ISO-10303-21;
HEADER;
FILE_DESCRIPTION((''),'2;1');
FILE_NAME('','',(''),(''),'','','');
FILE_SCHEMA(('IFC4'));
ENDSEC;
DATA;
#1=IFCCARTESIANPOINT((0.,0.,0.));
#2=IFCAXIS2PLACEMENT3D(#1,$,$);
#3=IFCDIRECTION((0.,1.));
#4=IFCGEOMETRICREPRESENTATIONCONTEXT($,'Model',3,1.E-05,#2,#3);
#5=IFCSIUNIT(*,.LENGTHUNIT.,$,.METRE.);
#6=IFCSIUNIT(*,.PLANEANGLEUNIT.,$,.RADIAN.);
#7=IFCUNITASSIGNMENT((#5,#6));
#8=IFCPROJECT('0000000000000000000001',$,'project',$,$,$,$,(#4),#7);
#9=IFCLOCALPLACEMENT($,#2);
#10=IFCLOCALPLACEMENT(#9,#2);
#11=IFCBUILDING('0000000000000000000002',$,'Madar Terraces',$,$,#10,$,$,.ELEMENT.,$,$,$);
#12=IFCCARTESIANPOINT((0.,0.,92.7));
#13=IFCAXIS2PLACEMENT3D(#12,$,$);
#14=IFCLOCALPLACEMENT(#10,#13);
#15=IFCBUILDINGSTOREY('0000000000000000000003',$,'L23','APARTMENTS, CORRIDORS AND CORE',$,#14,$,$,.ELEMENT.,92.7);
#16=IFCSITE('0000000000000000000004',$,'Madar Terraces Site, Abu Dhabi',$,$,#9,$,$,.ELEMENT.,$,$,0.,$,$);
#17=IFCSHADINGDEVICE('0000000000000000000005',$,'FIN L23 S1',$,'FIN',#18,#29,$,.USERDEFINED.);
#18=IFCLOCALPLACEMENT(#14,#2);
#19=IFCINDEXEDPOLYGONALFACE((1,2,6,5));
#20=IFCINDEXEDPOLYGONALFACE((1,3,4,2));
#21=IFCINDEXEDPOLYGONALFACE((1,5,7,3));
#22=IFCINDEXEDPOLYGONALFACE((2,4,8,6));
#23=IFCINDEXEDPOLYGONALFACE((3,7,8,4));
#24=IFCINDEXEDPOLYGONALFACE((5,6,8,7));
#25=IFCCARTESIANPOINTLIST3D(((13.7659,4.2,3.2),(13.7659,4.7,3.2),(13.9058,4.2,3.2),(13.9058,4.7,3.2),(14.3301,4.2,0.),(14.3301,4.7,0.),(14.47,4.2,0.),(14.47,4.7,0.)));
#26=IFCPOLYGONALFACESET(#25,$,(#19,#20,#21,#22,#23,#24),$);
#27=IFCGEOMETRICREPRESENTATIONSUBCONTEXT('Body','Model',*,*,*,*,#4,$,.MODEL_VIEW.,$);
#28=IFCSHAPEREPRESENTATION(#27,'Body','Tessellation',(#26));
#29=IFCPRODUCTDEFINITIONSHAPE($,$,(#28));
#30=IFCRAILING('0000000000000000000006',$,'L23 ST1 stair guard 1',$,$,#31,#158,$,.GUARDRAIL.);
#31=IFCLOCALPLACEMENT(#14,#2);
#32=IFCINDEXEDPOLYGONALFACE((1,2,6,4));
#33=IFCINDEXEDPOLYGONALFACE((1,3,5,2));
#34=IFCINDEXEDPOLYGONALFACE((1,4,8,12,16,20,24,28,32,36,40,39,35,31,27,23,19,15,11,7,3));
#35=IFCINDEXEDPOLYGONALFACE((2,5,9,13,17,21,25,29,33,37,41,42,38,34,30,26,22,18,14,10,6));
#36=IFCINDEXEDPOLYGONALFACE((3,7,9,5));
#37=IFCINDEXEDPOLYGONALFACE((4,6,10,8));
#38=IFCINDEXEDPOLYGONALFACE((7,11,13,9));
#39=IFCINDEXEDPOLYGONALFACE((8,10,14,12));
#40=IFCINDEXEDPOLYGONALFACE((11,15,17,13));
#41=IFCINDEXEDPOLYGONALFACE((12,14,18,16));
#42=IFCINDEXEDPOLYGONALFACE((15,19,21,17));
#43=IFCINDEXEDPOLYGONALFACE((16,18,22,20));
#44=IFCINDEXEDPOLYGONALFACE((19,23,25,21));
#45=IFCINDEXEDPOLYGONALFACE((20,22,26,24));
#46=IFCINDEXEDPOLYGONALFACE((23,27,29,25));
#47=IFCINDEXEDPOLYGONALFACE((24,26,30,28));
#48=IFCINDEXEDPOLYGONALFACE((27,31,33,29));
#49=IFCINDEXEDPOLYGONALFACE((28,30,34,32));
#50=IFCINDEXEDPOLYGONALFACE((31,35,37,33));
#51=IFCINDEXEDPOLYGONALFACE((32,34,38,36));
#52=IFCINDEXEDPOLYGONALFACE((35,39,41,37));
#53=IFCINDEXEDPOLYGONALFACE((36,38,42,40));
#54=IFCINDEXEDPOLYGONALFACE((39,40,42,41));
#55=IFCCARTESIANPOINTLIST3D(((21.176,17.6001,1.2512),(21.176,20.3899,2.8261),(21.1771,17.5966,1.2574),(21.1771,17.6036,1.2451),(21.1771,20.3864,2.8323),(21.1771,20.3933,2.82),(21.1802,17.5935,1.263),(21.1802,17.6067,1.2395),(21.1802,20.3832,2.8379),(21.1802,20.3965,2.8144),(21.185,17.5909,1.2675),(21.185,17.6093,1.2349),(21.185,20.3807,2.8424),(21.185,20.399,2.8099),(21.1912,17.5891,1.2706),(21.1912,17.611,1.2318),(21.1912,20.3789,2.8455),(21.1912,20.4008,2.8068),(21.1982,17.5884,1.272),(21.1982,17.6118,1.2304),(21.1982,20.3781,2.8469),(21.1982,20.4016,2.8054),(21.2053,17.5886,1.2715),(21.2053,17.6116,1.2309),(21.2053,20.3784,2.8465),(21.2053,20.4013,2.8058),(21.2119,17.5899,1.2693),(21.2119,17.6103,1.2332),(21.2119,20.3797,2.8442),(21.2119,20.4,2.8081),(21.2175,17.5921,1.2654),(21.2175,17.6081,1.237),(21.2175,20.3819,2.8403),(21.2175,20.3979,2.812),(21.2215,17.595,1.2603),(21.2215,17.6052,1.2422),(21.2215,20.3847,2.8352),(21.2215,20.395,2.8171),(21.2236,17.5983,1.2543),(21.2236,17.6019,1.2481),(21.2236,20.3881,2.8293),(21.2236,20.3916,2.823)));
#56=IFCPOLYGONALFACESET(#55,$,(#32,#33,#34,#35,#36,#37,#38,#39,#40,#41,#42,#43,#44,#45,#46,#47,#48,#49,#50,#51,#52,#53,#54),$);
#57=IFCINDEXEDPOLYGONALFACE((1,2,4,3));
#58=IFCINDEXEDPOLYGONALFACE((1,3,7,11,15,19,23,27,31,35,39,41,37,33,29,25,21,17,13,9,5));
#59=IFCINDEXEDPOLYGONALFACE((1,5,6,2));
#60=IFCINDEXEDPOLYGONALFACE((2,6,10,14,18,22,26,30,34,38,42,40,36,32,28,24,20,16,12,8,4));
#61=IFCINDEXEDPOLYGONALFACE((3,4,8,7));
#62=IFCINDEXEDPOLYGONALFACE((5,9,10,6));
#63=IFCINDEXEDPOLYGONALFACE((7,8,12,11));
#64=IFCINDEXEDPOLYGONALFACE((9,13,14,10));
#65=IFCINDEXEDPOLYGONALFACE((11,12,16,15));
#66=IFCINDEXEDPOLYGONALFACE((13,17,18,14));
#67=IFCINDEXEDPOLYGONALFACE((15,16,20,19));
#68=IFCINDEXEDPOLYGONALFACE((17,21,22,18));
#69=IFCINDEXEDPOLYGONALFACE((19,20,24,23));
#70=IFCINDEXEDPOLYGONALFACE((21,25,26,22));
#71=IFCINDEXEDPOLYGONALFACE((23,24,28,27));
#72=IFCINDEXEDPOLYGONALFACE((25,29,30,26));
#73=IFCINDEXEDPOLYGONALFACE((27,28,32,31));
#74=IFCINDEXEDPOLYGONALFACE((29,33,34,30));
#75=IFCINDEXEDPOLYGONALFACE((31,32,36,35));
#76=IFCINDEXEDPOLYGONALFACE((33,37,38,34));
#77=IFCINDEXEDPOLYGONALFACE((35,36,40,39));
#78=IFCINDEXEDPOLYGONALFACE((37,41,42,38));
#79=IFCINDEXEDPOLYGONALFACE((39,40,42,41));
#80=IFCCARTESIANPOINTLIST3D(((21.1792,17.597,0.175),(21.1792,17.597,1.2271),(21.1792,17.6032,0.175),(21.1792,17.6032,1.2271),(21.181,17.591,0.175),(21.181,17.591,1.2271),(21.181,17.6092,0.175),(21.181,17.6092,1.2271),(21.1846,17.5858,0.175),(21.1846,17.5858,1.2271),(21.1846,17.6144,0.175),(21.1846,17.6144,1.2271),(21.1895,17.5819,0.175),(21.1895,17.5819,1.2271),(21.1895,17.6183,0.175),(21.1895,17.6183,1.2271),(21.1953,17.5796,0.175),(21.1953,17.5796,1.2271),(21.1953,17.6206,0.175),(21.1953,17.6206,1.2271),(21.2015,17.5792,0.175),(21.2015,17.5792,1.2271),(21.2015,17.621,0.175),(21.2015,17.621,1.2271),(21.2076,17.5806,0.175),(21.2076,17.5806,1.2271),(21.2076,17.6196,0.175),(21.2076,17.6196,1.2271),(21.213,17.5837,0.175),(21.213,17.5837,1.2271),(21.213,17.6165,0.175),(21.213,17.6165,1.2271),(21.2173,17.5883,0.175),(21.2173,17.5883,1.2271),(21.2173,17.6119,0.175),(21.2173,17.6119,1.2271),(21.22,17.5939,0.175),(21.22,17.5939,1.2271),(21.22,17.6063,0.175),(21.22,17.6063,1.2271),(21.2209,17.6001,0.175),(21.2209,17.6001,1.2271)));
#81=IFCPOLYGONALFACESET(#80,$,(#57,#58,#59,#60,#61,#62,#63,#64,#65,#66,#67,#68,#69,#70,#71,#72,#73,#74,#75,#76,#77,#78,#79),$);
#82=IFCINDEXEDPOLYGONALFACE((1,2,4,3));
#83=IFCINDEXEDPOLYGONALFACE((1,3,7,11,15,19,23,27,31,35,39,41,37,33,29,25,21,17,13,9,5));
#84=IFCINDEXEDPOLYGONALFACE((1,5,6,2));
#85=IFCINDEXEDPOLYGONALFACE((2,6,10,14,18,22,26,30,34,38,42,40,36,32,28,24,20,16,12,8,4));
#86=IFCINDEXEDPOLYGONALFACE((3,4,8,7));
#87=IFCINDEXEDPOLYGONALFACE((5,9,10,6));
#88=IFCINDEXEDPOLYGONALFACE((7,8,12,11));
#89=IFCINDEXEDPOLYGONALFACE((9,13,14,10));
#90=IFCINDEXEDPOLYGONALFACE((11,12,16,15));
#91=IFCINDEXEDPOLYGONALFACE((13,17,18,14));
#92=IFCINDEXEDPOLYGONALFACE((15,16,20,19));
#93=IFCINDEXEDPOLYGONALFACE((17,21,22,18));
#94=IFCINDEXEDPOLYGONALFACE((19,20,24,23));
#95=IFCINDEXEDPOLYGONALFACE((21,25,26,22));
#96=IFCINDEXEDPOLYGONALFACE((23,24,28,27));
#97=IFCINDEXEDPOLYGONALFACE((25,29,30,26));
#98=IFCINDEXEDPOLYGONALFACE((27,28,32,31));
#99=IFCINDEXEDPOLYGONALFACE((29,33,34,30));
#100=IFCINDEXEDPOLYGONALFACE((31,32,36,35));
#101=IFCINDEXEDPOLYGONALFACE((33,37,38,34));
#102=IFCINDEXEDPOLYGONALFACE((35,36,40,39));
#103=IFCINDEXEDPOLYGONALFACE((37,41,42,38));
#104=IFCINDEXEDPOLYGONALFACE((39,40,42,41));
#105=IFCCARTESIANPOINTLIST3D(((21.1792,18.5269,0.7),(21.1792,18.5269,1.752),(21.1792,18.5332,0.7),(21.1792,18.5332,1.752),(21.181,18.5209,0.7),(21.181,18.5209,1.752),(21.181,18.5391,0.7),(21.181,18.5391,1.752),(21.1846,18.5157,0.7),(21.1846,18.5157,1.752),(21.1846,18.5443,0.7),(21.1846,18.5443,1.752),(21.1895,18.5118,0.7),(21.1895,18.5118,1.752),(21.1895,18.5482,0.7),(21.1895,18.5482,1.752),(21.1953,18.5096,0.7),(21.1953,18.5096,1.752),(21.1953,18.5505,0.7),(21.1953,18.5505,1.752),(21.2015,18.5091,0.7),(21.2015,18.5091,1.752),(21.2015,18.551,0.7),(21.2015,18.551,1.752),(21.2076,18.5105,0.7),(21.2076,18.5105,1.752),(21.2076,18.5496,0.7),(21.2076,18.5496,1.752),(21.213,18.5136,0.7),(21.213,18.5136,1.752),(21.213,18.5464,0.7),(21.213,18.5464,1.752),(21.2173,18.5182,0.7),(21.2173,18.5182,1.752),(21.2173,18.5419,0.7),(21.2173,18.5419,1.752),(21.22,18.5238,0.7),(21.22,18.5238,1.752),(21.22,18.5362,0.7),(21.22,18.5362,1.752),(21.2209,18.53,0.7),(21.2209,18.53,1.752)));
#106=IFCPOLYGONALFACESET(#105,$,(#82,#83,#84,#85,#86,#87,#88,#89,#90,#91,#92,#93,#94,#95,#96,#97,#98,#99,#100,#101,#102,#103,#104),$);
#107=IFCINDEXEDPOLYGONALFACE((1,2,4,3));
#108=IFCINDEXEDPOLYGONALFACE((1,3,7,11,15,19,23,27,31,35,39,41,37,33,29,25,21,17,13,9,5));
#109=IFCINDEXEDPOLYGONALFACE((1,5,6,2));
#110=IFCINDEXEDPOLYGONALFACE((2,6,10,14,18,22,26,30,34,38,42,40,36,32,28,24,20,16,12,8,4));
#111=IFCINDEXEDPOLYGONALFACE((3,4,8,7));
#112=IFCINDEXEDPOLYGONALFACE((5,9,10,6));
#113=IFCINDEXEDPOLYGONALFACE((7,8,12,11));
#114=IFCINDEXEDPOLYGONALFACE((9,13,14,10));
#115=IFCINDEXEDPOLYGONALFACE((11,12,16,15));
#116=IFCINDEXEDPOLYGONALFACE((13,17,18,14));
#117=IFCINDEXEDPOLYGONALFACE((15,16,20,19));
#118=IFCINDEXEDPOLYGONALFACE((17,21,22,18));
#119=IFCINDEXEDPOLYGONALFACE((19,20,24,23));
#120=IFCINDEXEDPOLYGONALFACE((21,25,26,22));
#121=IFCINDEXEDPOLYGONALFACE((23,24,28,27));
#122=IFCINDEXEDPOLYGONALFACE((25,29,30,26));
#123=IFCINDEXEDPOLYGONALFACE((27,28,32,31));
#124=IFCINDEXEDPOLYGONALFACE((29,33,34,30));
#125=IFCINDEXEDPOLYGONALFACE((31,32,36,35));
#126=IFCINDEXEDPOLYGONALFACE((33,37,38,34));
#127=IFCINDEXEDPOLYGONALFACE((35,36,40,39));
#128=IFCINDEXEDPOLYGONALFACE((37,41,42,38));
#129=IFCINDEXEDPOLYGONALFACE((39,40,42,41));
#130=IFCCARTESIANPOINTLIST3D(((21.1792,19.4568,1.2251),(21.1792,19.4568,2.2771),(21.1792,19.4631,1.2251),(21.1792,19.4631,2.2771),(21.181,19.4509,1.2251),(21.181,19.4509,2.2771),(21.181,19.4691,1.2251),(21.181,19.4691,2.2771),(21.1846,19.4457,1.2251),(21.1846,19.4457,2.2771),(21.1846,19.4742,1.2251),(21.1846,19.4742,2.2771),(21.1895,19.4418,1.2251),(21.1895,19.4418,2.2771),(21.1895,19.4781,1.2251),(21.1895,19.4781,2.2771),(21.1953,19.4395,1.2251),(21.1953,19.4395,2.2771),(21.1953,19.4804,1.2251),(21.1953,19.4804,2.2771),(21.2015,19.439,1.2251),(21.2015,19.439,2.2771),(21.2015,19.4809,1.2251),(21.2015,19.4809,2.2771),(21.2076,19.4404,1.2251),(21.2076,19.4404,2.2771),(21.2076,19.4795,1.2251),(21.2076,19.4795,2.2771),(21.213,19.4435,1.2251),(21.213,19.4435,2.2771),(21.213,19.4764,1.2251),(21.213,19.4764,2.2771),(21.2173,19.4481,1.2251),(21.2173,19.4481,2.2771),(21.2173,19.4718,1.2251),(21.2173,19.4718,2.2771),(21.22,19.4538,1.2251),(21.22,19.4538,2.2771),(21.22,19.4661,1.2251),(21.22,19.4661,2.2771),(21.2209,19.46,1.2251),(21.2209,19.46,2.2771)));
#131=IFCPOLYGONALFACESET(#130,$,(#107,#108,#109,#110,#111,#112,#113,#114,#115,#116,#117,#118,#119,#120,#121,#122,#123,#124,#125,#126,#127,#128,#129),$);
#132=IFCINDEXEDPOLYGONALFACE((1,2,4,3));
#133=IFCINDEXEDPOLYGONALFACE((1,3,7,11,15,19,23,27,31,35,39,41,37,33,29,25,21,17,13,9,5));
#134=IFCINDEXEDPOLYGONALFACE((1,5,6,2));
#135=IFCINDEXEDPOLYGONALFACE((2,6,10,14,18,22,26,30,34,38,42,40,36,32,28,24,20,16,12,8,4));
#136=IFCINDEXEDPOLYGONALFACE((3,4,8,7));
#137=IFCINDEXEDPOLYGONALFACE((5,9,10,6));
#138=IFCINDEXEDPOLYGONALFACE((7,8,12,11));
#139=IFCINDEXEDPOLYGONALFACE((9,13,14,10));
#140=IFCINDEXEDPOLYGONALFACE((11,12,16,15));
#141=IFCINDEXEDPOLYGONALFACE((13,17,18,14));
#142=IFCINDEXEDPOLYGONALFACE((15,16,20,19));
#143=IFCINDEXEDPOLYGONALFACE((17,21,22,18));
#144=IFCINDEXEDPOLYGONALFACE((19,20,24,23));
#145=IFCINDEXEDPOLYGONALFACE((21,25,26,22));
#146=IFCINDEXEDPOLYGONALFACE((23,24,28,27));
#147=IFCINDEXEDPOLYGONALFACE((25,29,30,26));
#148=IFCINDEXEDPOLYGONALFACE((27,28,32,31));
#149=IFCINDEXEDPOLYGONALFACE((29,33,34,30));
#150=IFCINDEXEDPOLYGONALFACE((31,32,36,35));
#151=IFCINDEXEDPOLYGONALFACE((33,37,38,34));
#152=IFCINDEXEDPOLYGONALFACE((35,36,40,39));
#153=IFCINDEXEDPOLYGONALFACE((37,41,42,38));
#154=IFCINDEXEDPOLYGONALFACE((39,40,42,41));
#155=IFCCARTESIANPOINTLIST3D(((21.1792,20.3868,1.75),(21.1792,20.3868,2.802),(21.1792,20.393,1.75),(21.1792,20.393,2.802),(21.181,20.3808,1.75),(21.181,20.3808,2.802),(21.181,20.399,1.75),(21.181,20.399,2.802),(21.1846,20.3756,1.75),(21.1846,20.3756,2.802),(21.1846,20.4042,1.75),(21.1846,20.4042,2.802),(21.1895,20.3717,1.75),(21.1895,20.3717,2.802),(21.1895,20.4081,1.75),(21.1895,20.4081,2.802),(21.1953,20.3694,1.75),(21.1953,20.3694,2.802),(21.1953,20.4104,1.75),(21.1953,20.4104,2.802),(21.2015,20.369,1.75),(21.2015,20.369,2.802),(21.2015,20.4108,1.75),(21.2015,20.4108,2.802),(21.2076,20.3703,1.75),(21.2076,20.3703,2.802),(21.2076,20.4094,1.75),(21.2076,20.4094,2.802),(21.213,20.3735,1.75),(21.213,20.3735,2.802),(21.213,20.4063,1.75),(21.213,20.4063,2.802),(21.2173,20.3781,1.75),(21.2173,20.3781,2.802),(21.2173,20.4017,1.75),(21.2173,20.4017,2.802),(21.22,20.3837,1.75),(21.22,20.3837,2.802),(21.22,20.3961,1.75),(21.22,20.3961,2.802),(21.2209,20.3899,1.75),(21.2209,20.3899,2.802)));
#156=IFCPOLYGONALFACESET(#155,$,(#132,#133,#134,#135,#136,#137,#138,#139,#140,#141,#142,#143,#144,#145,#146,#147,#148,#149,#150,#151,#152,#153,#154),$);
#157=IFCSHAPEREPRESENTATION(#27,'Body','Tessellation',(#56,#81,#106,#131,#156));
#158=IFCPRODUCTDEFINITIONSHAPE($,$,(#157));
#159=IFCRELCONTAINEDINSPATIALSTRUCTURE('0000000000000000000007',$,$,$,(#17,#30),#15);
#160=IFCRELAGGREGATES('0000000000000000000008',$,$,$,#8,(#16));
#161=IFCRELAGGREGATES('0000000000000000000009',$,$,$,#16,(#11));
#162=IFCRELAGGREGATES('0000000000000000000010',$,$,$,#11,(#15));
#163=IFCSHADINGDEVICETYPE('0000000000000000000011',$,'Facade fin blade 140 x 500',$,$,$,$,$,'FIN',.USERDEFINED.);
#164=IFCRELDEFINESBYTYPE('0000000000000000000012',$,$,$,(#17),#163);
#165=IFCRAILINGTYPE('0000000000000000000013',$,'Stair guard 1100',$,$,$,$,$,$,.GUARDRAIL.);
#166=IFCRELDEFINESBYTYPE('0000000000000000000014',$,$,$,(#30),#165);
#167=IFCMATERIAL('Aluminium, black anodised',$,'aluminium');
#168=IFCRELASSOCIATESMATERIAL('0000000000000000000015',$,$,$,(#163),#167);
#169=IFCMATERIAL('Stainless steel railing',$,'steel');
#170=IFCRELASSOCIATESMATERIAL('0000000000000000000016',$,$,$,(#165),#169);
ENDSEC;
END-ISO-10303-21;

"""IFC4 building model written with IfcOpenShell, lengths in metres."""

from ifc_helpers import new_model, si_unit, direction, frame, origin, origin_2d, place, context, subcontext, project, spatial, polyline, circle, outline, extrude, material, type_object, element, save


model = new_model("IFC4")

# Units and contexts
model_context = context("Model", 3, precision=1e-05, world=origin(), true_north=direction((0.0, 1.0)))
body_context = subcontext(model_context, "Body", "Model", "MODEL_VIEW")
ifc_project = project(units=[si_unit("LENGTHUNIT", "METRE"), si_unit("PLANEANGLEUNIT", "RADIAN")], contexts=[model_context])

# Site, building, storey
site_placement = place(None, origin())
site = spatial("IfcSite", under=ifc_project, at=site_placement, Name="Madar Terraces Site, Abu Dhabi", CompositionType="ELEMENT", RefElevation=0.0)
building_placement = place(site_placement, origin())
building = spatial("IfcBuilding", under=site, at=building_placement, Name="Madar Terraces", CompositionType="ELEMENT")
storey_placement = place(building_placement, frame((0.0, 0.0, 92.7)))
storey = spatial("IfcBuildingStorey", under=building, at=storey_placement, Name="L23", Description="APARTMENTS, CORRIDORS AND CORE", CompositionType="ELEMENT", Elevation=92.7)

# Shading device
ifc_material_1 = material(Name="Aluminium, black anodised", Category="aluminium")
shading_device_type = type_object("IfcShadingDeviceType", Name="Facade fin blade 140 x 500", ElementType="FIN", PredefinedType="USERDEFINED", material=ifc_material_1)
shading_device_placement = place(storey_placement, frame((14.3301, 4.45, 0.0), z_axis=(0.0, 0.0, 1.0), x_axis=(1.0, 0.0, 0.0)))
element("IfcShadingDevice", 1, at=shading_device_placement, inside=storey, type_object=shading_device_type, Name="FIN L23 S1", ObjectType="FIN", PredefinedType="USERDEFINED", context=body_context, shape_type="SweptSolid", body=[
    extrude(outline(polyline([(0.0, 0.0), (0.1399, 0.0), (-0.4243, 3.2), (-0.5642, 3.2), (0.0, 0.0)])), frame((0.0, 0.25, 0.0), z_axis=(0.0, -1.0, 0.0), x_axis=(1.0, 0.0, 0.0)), (0.0, 0.0, 1.0), 0.5),
])

# Railing
ifc_material_2 = material(Name="Stainless steel railing", Category="steel")
railing_type_1 = type_object("IfcRailingType", Name="Stair guard 1100", PredefinedType="GUARDRAIL", material=ifc_material_2)
railing_1_placement = place(storey_placement, frame((21.2, 17.6001, 0.175)))
element("IfcRailing", 2, at=railing_1_placement, inside=storey, type_object=railing_type_1, Name="L23 ST1 stair guard 1", PredefinedType="GUARDRAIL", context=body_context, shape_type="SweptSolid", body=[
    extrude(circle(Radius=0.0239, at=origin_2d()), frame((0.0, 0.0, 1.0762), z_axis=(0.0, 0.870815, 0.49161), x_axis=(-1.0, 0.0, 0.0)), (0.0, 0.0, 1.0), 3.2036),
    extrude(circle(Radius=0.021, at=origin_2d()), origin(), (0.0, 0.0, 1.0), 1.052),
    extrude(circle(Radius=0.021, at=origin_2d()), frame((0.0, 0.9299, 0.5249)), (0.0, 0.0, 1.0), 1.052),
    extrude(circle(Radius=0.021, at=origin_2d()), frame((0.0, 1.8599, 1.05)), (0.0, 0.0, 1.0), 1.052),
    extrude(circle(Radius=0.021, at=origin_2d()), frame((0.0, 2.7898, 1.575)), (0.0, 0.0, 1.0), 1.052),
])

save(model, "model.ifc")
